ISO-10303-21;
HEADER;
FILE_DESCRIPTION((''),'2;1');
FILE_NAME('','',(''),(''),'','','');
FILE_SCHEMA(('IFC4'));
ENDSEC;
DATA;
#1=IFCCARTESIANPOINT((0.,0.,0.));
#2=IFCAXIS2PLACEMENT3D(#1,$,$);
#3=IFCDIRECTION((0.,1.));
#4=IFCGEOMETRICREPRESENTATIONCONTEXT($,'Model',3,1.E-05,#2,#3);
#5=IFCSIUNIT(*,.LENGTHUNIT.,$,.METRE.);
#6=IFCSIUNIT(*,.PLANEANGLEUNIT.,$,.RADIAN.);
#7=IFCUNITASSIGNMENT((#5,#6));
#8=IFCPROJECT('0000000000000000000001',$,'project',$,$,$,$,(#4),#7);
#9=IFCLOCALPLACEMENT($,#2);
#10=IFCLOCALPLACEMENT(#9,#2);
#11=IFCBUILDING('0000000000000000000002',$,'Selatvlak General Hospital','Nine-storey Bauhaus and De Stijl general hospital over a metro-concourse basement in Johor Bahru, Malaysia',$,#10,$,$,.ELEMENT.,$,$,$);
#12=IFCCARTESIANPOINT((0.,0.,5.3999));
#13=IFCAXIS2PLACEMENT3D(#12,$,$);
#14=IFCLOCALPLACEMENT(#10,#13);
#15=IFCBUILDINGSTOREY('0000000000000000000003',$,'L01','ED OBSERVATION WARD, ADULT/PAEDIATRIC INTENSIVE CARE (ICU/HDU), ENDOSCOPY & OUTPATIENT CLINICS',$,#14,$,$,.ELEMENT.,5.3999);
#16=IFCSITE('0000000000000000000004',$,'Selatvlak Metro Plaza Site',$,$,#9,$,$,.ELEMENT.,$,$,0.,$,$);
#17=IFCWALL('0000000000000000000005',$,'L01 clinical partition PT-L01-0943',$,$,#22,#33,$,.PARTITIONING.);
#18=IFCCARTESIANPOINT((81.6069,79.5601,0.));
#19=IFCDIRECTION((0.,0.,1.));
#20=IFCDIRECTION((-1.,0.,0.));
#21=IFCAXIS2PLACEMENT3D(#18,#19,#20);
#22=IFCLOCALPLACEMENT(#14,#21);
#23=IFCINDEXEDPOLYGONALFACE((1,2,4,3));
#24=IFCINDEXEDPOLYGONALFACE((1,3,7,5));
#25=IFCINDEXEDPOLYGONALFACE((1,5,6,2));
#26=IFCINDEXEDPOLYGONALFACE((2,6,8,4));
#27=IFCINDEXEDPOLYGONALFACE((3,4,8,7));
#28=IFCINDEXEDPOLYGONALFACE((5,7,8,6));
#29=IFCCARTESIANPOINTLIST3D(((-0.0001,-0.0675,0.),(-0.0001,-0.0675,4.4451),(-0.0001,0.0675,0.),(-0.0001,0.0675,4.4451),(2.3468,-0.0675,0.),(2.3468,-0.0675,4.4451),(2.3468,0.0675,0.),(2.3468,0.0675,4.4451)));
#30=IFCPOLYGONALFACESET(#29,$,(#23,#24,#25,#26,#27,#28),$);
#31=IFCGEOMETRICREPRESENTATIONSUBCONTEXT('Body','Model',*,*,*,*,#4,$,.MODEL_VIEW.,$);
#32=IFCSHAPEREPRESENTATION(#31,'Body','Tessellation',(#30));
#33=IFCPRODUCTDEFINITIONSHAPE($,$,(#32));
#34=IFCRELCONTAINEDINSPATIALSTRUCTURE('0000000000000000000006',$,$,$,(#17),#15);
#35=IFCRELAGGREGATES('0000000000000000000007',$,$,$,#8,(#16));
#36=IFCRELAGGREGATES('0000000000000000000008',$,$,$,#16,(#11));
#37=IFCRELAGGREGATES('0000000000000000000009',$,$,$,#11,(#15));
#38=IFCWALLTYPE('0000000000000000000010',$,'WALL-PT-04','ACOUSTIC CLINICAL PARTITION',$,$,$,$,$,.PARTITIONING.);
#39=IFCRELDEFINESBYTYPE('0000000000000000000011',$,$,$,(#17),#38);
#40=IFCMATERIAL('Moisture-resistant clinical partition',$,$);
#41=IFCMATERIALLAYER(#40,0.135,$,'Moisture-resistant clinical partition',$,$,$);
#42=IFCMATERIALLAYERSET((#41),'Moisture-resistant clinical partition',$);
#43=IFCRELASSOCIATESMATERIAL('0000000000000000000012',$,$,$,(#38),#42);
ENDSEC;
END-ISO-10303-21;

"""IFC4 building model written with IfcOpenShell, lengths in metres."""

from ifc_helpers import new_model, si_unit, direction, frame, frame_2d, origin, place, context, subcontext, project, spatial, rectangle, extrude, material, layer, layer_set, type_object, element, save


model = new_model("IFC4")

# Units and contexts
model_context = context("Model", 3, precision=1e-05, world=origin(), true_north=direction((0.0, 1.0)))
body_context = subcontext(model_context, "Body", "Model", "MODEL_VIEW")
ifc_project = project(units=[si_unit("LENGTHUNIT", "METRE"), si_unit("PLANEANGLEUNIT", "RADIAN")], contexts=[model_context])

# Site, building, storey
site_placement = place(None, origin())
site = spatial("IfcSite", under=ifc_project, at=site_placement, Name="Selatvlak Metro Plaza Site", CompositionType="ELEMENT", RefElevation=0.0)
building_placement = place(site_placement, origin())
building = spatial("IfcBuilding", under=site, at=building_placement, Name="Selatvlak General Hospital", Description="Nine-storey Bauhaus and De Stijl general hospital over a metro-concourse basement in Johor Bahru, Malaysia", CompositionType="ELEMENT")
storey_placement = place(building_placement, frame((0.0, 0.0, 5.3999)))
storey = spatial("IfcBuildingStorey", under=building, at=storey_placement, Name="L01", Description="ED OBSERVATION WARD, ADULT/PAEDIATRIC INTENSIVE CARE (ICU/HDU), ENDOSCOPY & OUTPATIENT CLINICS", CompositionType="ELEMENT", Elevation=5.3999)

# Wall
ifc_material_1 = material(Name="Moisture-resistant clinical partition")
ifc_layer_1 = layer(ifc_material_1, 0.135, Name="Moisture-resistant clinical partition")
ifc_layer_set_1 = layer_set([ifc_layer_1], Name="Moisture-resistant clinical partition")
wall_type_1 = type_object("IfcWallType", Name="WALL-PT-04", Description="ACOUSTIC CLINICAL PARTITION", PredefinedType="PARTITIONING", material=ifc_layer_set_1)
wall_1_placement = place(storey_placement, frame((81.6069, 79.5601, 0.0), z_axis=(0.0, 0.0, 1.0), x_axis=(-1.0, 0.0, 0.0)))
element("IfcWall", 1, at=wall_1_placement, inside=storey, type_object=wall_type_1, Name="L01 clinical partition PT-L01-0943", PredefinedType="PARTITIONING", context=body_context, shape_type="SweptSolid", body=[
    extrude(rectangle(XDim=2.3469, YDim=0.135, at=frame_2d((1.1733, 0.0))), origin(), (0.0, 0.0, 1.0), 4.4451),
])

save(model, "model.ifc")
